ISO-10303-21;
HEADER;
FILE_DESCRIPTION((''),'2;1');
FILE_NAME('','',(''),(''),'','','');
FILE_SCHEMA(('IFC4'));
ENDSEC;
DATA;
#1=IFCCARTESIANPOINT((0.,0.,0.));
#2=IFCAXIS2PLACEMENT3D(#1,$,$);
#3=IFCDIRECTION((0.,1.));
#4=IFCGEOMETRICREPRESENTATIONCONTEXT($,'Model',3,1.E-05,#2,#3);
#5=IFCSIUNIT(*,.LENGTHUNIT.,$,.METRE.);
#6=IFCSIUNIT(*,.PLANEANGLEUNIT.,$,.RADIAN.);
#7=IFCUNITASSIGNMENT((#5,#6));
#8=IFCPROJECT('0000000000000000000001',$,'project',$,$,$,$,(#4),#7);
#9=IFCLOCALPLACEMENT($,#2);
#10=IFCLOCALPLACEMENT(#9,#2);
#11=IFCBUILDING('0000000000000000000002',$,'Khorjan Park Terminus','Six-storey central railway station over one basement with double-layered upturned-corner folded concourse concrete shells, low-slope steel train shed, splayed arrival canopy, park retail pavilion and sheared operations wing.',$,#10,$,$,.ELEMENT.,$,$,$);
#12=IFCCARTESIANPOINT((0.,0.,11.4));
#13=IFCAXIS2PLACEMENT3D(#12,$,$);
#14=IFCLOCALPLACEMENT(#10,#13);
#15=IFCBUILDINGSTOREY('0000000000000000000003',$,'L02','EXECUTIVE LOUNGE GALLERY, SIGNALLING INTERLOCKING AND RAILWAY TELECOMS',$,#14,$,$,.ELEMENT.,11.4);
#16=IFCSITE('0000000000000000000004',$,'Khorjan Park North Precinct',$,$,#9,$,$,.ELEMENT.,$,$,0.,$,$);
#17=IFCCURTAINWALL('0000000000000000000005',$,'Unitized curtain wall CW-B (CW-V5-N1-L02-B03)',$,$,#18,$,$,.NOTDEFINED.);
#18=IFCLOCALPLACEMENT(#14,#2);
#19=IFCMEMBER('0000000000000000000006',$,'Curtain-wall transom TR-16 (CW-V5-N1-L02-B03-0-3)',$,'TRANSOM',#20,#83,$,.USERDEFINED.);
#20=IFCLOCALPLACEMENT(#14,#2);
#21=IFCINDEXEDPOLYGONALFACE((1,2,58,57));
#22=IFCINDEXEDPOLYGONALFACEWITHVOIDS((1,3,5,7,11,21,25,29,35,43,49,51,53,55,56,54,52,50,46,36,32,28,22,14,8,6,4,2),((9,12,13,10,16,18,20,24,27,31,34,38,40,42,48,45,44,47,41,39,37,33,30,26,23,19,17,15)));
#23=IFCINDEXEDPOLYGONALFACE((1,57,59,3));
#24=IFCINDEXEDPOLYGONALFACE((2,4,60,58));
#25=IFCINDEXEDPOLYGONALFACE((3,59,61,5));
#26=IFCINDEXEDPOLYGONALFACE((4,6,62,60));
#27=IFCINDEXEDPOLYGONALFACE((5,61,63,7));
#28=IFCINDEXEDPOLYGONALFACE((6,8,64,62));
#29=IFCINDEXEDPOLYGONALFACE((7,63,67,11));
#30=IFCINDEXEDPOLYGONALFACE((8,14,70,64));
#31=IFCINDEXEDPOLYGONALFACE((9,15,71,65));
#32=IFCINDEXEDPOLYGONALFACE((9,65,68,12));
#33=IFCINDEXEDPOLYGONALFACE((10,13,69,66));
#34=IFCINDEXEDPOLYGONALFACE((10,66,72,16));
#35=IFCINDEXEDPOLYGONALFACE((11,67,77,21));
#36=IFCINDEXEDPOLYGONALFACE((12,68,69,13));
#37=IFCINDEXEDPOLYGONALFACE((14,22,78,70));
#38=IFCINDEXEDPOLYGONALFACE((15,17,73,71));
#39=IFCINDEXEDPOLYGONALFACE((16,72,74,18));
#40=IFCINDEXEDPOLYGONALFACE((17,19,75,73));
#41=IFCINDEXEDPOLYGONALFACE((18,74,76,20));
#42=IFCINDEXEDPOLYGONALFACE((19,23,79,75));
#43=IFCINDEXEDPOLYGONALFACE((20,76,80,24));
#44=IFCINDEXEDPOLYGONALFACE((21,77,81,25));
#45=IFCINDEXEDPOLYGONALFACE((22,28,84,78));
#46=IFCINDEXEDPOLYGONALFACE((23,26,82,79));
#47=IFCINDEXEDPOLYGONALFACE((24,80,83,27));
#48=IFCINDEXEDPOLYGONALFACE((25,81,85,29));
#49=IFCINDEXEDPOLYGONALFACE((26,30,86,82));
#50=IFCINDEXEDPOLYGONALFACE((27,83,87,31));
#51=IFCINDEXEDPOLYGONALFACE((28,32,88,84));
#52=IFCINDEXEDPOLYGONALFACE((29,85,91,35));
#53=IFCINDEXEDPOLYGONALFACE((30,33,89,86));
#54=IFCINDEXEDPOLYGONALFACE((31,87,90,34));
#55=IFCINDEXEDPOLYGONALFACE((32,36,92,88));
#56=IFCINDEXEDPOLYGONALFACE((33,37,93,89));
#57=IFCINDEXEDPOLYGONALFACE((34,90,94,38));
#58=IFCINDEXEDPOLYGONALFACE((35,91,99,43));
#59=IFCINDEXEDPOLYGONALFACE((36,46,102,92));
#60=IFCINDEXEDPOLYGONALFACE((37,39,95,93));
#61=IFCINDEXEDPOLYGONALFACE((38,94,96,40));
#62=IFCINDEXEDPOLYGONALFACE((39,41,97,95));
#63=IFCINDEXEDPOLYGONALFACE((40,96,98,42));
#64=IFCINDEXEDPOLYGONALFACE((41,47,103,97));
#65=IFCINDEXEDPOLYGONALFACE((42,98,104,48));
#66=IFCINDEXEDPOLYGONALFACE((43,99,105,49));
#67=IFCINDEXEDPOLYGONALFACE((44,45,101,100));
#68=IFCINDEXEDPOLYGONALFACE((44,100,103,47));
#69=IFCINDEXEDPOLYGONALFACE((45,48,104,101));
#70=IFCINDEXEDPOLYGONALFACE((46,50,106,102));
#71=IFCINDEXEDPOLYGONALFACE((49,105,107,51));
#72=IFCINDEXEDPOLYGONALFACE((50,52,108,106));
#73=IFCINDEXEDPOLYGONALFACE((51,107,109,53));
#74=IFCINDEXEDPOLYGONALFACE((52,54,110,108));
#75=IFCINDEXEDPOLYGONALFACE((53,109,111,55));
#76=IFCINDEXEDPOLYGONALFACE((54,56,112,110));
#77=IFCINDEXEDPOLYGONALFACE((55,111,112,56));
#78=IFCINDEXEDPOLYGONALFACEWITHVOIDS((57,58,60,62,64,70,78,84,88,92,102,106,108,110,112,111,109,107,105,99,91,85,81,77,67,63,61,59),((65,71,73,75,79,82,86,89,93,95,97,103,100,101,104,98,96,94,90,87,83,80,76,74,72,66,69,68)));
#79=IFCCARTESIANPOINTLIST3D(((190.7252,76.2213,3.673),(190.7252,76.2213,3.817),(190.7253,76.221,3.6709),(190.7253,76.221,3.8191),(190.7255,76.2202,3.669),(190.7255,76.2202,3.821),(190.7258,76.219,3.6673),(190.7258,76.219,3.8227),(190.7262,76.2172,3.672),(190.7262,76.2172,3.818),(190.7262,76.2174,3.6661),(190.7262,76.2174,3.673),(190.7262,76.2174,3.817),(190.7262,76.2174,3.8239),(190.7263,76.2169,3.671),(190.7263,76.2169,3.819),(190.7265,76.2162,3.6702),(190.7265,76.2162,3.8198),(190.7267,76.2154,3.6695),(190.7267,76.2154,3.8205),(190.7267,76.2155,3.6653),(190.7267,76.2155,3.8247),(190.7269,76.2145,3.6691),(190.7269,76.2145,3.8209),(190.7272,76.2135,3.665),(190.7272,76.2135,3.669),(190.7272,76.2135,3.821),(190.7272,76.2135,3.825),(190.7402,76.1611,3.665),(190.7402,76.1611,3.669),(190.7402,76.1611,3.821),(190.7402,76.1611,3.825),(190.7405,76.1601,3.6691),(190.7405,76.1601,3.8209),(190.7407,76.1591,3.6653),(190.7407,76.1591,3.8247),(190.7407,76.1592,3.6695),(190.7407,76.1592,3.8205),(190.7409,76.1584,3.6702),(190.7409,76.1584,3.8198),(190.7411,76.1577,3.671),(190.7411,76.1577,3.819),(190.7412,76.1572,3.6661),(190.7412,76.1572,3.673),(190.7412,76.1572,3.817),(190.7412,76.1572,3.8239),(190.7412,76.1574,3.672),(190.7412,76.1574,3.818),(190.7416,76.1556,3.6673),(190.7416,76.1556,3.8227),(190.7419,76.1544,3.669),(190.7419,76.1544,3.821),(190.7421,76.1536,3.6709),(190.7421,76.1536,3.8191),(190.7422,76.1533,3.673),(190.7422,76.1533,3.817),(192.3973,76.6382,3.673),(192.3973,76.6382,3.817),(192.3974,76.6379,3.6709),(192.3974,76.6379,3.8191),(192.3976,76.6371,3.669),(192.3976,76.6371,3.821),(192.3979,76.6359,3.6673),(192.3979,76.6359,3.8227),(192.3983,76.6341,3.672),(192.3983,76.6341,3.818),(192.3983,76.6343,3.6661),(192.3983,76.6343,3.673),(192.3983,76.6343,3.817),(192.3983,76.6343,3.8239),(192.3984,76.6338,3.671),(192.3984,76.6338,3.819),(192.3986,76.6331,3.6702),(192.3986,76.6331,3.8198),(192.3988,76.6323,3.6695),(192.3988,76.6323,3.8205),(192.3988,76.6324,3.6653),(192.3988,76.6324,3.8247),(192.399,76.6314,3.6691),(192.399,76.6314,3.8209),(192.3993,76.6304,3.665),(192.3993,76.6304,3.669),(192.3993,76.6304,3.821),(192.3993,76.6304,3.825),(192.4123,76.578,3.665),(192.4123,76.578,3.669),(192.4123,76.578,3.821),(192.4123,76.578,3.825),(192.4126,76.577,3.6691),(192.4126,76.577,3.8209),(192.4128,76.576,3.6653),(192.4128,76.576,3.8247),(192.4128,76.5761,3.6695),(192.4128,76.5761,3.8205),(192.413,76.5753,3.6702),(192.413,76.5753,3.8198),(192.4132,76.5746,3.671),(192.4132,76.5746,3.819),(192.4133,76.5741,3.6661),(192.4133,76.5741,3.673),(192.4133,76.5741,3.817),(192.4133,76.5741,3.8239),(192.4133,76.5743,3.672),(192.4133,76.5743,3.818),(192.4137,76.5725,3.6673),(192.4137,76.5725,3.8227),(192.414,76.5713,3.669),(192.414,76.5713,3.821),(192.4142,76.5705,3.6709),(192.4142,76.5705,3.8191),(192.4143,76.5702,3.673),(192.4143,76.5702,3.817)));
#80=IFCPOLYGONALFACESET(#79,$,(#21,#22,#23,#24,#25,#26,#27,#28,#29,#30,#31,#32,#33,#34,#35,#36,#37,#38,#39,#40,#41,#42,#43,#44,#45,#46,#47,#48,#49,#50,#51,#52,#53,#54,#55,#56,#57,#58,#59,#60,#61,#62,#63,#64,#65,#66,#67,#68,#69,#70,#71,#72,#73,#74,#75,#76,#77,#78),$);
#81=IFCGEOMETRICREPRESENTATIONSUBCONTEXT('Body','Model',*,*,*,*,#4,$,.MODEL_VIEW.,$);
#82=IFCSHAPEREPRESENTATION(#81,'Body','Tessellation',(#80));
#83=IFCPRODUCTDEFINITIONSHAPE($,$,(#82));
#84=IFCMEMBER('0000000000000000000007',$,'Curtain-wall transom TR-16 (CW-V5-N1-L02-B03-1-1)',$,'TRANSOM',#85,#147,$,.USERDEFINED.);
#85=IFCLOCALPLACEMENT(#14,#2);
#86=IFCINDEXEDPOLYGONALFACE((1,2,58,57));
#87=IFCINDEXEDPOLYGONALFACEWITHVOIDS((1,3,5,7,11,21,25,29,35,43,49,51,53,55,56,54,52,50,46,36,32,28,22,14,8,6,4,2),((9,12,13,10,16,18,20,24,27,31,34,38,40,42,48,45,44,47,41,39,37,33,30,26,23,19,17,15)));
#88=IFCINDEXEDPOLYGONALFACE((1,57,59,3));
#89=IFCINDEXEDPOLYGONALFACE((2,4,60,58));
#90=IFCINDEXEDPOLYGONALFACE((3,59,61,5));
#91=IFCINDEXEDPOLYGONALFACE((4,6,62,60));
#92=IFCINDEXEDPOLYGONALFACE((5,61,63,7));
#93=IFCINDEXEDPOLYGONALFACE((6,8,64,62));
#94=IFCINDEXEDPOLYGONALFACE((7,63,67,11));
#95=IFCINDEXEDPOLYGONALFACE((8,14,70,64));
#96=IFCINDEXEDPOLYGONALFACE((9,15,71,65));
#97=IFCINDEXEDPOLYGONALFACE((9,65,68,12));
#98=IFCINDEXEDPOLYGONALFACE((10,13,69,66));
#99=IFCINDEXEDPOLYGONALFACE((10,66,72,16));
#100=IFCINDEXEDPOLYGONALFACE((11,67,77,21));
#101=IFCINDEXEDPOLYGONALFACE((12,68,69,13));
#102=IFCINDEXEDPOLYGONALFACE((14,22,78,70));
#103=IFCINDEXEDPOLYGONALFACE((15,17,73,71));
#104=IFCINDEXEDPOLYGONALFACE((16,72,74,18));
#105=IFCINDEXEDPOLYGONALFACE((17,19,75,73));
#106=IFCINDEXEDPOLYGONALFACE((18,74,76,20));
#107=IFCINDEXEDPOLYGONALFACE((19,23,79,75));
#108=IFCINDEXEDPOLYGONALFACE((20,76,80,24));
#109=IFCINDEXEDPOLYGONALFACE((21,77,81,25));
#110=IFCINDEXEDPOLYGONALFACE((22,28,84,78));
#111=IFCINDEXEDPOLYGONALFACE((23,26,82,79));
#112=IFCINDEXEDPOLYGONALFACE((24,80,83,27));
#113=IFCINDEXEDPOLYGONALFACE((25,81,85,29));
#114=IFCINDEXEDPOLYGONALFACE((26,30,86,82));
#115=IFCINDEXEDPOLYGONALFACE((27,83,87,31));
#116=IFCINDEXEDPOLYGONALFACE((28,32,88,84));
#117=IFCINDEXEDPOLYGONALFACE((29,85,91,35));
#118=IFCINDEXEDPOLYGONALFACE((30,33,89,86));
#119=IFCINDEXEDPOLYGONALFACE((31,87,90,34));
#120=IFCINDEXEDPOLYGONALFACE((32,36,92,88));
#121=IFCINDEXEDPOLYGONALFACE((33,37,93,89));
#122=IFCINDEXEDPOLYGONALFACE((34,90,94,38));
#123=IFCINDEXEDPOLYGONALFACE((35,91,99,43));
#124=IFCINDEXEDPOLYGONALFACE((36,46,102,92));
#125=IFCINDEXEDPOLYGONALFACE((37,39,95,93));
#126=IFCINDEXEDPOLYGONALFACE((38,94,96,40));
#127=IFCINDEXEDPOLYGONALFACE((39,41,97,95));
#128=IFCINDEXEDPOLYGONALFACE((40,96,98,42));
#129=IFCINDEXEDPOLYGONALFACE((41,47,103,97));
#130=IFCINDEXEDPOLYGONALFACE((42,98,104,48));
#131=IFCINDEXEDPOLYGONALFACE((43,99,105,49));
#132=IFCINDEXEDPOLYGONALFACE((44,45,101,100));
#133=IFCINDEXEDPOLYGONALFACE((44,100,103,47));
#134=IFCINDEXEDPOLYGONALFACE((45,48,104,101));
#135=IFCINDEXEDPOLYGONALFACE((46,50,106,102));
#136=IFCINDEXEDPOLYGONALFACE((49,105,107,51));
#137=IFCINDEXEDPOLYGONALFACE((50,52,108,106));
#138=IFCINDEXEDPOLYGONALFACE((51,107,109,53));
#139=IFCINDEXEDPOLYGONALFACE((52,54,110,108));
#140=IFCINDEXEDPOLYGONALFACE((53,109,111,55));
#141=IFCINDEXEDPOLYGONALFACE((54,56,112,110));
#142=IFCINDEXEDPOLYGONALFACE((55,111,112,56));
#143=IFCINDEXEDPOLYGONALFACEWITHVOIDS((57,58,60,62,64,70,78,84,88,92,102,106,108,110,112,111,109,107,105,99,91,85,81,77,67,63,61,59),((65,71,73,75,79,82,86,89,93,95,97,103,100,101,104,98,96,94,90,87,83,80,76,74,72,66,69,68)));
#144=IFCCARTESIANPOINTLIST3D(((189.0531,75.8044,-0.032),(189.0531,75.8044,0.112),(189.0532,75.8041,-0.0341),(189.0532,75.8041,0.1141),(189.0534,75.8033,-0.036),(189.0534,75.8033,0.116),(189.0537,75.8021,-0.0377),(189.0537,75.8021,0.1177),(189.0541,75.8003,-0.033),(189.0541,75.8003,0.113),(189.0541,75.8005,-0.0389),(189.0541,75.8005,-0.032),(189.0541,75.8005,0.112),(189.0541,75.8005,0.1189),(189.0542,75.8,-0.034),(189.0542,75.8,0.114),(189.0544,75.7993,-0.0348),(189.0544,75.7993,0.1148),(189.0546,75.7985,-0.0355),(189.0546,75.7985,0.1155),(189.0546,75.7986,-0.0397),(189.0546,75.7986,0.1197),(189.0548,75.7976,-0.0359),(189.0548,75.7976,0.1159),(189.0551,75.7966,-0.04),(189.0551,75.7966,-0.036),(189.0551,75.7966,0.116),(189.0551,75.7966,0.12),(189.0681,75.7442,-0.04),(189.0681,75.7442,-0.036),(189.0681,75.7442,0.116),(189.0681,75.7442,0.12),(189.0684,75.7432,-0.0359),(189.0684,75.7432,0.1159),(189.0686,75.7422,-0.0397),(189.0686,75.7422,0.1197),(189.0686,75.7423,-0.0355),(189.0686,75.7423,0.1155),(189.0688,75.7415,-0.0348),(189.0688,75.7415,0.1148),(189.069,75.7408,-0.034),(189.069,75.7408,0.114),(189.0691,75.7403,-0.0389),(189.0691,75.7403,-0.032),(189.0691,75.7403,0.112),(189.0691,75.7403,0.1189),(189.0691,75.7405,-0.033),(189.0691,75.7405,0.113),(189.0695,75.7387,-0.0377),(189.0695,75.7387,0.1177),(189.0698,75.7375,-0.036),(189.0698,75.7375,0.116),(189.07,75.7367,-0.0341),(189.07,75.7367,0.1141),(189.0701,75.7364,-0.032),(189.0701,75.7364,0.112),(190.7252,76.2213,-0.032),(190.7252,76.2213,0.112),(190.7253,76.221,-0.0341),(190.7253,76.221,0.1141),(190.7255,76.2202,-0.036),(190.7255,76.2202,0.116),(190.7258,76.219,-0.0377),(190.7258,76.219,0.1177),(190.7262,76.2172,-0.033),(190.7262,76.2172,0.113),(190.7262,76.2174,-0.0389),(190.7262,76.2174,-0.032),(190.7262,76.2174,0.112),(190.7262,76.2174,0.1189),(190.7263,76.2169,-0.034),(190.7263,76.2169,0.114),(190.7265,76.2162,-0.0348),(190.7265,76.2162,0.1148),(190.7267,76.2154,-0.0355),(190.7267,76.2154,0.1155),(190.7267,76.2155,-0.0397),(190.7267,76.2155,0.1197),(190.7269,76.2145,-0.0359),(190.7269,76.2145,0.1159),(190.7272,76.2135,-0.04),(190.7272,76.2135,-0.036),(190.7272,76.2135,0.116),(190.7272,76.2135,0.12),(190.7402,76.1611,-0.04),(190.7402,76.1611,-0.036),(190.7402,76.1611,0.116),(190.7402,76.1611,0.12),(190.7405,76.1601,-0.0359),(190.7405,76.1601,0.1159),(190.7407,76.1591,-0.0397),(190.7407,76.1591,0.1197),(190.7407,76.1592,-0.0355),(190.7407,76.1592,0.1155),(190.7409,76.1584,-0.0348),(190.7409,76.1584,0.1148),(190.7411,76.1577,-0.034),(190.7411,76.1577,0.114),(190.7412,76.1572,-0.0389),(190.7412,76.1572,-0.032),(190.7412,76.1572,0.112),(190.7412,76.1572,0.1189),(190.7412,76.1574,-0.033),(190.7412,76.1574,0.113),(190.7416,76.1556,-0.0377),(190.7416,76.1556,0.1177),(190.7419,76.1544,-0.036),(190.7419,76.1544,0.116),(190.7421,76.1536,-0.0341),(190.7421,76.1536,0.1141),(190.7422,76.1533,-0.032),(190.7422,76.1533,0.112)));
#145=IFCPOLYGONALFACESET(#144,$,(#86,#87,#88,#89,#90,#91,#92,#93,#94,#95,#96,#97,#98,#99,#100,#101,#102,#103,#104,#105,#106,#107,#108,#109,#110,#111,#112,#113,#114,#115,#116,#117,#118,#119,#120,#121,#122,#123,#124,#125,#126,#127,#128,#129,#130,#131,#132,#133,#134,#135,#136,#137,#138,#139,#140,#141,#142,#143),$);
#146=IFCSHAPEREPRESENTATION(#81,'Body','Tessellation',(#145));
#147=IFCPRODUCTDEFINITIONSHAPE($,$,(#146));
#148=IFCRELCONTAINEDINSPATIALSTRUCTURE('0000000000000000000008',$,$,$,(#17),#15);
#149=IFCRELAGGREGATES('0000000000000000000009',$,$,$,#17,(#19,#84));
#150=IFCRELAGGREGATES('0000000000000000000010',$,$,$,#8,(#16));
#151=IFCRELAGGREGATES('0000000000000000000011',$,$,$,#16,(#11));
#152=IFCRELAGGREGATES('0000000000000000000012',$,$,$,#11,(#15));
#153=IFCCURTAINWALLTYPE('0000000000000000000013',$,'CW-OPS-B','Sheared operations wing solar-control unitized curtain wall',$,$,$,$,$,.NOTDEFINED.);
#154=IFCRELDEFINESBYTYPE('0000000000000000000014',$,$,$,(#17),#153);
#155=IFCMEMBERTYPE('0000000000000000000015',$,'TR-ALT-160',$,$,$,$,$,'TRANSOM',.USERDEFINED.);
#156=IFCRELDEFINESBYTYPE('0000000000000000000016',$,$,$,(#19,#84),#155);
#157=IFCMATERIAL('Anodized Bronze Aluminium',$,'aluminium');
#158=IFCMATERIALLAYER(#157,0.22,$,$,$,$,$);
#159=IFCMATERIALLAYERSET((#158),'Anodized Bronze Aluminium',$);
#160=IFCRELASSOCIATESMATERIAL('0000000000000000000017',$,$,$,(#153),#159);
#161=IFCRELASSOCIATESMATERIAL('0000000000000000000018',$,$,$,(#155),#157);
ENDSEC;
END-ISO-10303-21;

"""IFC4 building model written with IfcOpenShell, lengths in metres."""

from ifc_helpers import new_model, si_unit, direction, frame, origin, origin_2d, place, context, subcontext, project, spatial, hollow_rectangle, extrude, material, layer, layer_set, material_profile, profile_set, type_object, element, aggregate, save


model = new_model("IFC4")

# Units and contexts
model_context = context("Model", 3, precision=1e-05, world=origin(), true_north=direction((0.0, 1.0)))
body_context = subcontext(model_context, "Body", "Model", "MODEL_VIEW")
ifc_project = project(units=[si_unit("LENGTHUNIT", "METRE"), si_unit("PLANEANGLEUNIT", "RADIAN")], contexts=[model_context])

# Site, building, storey
site_placement = place(None, origin())
site = spatial("IfcSite", under=ifc_project, at=site_placement, Name="Khorjan Park North Precinct", CompositionType="ELEMENT", RefElevation=0.0)
building_placement = place(site_placement, origin())
building = spatial("IfcBuilding", under=site, at=building_placement, Name="Khorjan Park Terminus", Description="Six-storey central railway station over one basement with double-layered upturned-corner folded concourse concrete shells, low-slope steel train shed, splayed arrival canopy, park retail pavilion and sheared operations wing.", CompositionType="ELEMENT")
storey_placement = place(building_placement, frame((0.0, 0.0, 11.4)))
storey = spatial("IfcBuildingStorey", under=building, at=storey_placement, Name="L02", Description="EXECUTIVE LOUNGE GALLERY, SIGNALLING INTERLOCKING AND RAILWAY TELECOMS", CompositionType="ELEMENT", Elevation=11.4)

# Curtain wall, members
ifc_material_1 = material(Name="Anodized Bronze Aluminium", Category="aluminium")
ifc_layer_1 = layer(ifc_material_1, 0.22)
ifc_layer_set_1 = layer_set([ifc_layer_1], Name="Anodized Bronze Aluminium")
curtain_wall_type = type_object("IfcCurtainWallType", Name="CW-OPS-B", Description="Sheared operations wing solar-control unitized curtain wall", PredefinedType="NOTDEFINED", material=ifc_layer_set_1)
curtain_wall_placement = place(storey_placement, origin())
curtain_wall = element("IfcCurtainWall", 1, at=curtain_wall_placement, inside=storey, type_object=curtain_wall_type, Name="Unitized curtain wall CW-B (CW-V5-N1-L02-B03)", PredefinedType="NOTDEFINED")
ifc_material_profile_1 = material_profile(ifc_material_1, hollow_rectangle(XDim=0.07, YDim=0.16, WallThickness=0.004, InnerFilletRadius=0.004, OuterFilletRadius=0.008, at=origin_2d()), Name="ALT 70x160x4")
ifc_profile_set_1 = profile_set([ifc_material_profile_1], Name="Anodized Bronze Aluminium")
member_type_1 = type_object("IfcMemberType", Name="TR-ALT-160", ElementType="TRANSOM", PredefinedType="USERDEFINED", material=ifc_profile_set_1)
member_1_placement = place(storey_placement, frame((192.4058, 76.6042, 3.745), z_axis=(-0.970296, -0.241921, 0.0), x_axis=(0.241921, -0.970296, 0.0)))
member_1 = element("IfcMember", 2, at=member_1_placement, type_object=member_type_1, Name="Curtain-wall transom TR-16 (CW-V5-N1-L02-B03-0-3)", ObjectType="TRANSOM", PredefinedType="USERDEFINED", context=body_context, shape_type="SweptSolid", body=[
    extrude(hollow_rectangle(XDim=0.07, YDim=0.16, WallThickness=0.004, InnerFilletRadius=0.004, OuterFilletRadius=0.008, at=origin_2d()), origin(), (0.0, 0.0, 1.0), 1.7233),
])
member_2_placement = place(storey_placement, frame((190.7337, 76.1873, 0.04), z_axis=(-0.970296, -0.241921, 0.0), x_axis=(0.241921, -0.970296, 0.0)))
member_2 = element("IfcMember", 3, at=member_2_placement, type_object=member_type_1, Name="Curtain-wall transom TR-16 (CW-V5-N1-L02-B03-1-1)", ObjectType="TRANSOM", PredefinedType="USERDEFINED", context=body_context, shape_type="SweptSolid", body=[
    extrude(hollow_rectangle(XDim=0.07, YDim=0.16, WallThickness=0.004, InnerFilletRadius=0.004, OuterFilletRadius=0.008, at=origin_2d()), origin(), (0.0, 0.0, 1.0), 1.7233),
])
aggregate(curtain_wall, [member_1, member_2])

save(model, "model.ifc")
